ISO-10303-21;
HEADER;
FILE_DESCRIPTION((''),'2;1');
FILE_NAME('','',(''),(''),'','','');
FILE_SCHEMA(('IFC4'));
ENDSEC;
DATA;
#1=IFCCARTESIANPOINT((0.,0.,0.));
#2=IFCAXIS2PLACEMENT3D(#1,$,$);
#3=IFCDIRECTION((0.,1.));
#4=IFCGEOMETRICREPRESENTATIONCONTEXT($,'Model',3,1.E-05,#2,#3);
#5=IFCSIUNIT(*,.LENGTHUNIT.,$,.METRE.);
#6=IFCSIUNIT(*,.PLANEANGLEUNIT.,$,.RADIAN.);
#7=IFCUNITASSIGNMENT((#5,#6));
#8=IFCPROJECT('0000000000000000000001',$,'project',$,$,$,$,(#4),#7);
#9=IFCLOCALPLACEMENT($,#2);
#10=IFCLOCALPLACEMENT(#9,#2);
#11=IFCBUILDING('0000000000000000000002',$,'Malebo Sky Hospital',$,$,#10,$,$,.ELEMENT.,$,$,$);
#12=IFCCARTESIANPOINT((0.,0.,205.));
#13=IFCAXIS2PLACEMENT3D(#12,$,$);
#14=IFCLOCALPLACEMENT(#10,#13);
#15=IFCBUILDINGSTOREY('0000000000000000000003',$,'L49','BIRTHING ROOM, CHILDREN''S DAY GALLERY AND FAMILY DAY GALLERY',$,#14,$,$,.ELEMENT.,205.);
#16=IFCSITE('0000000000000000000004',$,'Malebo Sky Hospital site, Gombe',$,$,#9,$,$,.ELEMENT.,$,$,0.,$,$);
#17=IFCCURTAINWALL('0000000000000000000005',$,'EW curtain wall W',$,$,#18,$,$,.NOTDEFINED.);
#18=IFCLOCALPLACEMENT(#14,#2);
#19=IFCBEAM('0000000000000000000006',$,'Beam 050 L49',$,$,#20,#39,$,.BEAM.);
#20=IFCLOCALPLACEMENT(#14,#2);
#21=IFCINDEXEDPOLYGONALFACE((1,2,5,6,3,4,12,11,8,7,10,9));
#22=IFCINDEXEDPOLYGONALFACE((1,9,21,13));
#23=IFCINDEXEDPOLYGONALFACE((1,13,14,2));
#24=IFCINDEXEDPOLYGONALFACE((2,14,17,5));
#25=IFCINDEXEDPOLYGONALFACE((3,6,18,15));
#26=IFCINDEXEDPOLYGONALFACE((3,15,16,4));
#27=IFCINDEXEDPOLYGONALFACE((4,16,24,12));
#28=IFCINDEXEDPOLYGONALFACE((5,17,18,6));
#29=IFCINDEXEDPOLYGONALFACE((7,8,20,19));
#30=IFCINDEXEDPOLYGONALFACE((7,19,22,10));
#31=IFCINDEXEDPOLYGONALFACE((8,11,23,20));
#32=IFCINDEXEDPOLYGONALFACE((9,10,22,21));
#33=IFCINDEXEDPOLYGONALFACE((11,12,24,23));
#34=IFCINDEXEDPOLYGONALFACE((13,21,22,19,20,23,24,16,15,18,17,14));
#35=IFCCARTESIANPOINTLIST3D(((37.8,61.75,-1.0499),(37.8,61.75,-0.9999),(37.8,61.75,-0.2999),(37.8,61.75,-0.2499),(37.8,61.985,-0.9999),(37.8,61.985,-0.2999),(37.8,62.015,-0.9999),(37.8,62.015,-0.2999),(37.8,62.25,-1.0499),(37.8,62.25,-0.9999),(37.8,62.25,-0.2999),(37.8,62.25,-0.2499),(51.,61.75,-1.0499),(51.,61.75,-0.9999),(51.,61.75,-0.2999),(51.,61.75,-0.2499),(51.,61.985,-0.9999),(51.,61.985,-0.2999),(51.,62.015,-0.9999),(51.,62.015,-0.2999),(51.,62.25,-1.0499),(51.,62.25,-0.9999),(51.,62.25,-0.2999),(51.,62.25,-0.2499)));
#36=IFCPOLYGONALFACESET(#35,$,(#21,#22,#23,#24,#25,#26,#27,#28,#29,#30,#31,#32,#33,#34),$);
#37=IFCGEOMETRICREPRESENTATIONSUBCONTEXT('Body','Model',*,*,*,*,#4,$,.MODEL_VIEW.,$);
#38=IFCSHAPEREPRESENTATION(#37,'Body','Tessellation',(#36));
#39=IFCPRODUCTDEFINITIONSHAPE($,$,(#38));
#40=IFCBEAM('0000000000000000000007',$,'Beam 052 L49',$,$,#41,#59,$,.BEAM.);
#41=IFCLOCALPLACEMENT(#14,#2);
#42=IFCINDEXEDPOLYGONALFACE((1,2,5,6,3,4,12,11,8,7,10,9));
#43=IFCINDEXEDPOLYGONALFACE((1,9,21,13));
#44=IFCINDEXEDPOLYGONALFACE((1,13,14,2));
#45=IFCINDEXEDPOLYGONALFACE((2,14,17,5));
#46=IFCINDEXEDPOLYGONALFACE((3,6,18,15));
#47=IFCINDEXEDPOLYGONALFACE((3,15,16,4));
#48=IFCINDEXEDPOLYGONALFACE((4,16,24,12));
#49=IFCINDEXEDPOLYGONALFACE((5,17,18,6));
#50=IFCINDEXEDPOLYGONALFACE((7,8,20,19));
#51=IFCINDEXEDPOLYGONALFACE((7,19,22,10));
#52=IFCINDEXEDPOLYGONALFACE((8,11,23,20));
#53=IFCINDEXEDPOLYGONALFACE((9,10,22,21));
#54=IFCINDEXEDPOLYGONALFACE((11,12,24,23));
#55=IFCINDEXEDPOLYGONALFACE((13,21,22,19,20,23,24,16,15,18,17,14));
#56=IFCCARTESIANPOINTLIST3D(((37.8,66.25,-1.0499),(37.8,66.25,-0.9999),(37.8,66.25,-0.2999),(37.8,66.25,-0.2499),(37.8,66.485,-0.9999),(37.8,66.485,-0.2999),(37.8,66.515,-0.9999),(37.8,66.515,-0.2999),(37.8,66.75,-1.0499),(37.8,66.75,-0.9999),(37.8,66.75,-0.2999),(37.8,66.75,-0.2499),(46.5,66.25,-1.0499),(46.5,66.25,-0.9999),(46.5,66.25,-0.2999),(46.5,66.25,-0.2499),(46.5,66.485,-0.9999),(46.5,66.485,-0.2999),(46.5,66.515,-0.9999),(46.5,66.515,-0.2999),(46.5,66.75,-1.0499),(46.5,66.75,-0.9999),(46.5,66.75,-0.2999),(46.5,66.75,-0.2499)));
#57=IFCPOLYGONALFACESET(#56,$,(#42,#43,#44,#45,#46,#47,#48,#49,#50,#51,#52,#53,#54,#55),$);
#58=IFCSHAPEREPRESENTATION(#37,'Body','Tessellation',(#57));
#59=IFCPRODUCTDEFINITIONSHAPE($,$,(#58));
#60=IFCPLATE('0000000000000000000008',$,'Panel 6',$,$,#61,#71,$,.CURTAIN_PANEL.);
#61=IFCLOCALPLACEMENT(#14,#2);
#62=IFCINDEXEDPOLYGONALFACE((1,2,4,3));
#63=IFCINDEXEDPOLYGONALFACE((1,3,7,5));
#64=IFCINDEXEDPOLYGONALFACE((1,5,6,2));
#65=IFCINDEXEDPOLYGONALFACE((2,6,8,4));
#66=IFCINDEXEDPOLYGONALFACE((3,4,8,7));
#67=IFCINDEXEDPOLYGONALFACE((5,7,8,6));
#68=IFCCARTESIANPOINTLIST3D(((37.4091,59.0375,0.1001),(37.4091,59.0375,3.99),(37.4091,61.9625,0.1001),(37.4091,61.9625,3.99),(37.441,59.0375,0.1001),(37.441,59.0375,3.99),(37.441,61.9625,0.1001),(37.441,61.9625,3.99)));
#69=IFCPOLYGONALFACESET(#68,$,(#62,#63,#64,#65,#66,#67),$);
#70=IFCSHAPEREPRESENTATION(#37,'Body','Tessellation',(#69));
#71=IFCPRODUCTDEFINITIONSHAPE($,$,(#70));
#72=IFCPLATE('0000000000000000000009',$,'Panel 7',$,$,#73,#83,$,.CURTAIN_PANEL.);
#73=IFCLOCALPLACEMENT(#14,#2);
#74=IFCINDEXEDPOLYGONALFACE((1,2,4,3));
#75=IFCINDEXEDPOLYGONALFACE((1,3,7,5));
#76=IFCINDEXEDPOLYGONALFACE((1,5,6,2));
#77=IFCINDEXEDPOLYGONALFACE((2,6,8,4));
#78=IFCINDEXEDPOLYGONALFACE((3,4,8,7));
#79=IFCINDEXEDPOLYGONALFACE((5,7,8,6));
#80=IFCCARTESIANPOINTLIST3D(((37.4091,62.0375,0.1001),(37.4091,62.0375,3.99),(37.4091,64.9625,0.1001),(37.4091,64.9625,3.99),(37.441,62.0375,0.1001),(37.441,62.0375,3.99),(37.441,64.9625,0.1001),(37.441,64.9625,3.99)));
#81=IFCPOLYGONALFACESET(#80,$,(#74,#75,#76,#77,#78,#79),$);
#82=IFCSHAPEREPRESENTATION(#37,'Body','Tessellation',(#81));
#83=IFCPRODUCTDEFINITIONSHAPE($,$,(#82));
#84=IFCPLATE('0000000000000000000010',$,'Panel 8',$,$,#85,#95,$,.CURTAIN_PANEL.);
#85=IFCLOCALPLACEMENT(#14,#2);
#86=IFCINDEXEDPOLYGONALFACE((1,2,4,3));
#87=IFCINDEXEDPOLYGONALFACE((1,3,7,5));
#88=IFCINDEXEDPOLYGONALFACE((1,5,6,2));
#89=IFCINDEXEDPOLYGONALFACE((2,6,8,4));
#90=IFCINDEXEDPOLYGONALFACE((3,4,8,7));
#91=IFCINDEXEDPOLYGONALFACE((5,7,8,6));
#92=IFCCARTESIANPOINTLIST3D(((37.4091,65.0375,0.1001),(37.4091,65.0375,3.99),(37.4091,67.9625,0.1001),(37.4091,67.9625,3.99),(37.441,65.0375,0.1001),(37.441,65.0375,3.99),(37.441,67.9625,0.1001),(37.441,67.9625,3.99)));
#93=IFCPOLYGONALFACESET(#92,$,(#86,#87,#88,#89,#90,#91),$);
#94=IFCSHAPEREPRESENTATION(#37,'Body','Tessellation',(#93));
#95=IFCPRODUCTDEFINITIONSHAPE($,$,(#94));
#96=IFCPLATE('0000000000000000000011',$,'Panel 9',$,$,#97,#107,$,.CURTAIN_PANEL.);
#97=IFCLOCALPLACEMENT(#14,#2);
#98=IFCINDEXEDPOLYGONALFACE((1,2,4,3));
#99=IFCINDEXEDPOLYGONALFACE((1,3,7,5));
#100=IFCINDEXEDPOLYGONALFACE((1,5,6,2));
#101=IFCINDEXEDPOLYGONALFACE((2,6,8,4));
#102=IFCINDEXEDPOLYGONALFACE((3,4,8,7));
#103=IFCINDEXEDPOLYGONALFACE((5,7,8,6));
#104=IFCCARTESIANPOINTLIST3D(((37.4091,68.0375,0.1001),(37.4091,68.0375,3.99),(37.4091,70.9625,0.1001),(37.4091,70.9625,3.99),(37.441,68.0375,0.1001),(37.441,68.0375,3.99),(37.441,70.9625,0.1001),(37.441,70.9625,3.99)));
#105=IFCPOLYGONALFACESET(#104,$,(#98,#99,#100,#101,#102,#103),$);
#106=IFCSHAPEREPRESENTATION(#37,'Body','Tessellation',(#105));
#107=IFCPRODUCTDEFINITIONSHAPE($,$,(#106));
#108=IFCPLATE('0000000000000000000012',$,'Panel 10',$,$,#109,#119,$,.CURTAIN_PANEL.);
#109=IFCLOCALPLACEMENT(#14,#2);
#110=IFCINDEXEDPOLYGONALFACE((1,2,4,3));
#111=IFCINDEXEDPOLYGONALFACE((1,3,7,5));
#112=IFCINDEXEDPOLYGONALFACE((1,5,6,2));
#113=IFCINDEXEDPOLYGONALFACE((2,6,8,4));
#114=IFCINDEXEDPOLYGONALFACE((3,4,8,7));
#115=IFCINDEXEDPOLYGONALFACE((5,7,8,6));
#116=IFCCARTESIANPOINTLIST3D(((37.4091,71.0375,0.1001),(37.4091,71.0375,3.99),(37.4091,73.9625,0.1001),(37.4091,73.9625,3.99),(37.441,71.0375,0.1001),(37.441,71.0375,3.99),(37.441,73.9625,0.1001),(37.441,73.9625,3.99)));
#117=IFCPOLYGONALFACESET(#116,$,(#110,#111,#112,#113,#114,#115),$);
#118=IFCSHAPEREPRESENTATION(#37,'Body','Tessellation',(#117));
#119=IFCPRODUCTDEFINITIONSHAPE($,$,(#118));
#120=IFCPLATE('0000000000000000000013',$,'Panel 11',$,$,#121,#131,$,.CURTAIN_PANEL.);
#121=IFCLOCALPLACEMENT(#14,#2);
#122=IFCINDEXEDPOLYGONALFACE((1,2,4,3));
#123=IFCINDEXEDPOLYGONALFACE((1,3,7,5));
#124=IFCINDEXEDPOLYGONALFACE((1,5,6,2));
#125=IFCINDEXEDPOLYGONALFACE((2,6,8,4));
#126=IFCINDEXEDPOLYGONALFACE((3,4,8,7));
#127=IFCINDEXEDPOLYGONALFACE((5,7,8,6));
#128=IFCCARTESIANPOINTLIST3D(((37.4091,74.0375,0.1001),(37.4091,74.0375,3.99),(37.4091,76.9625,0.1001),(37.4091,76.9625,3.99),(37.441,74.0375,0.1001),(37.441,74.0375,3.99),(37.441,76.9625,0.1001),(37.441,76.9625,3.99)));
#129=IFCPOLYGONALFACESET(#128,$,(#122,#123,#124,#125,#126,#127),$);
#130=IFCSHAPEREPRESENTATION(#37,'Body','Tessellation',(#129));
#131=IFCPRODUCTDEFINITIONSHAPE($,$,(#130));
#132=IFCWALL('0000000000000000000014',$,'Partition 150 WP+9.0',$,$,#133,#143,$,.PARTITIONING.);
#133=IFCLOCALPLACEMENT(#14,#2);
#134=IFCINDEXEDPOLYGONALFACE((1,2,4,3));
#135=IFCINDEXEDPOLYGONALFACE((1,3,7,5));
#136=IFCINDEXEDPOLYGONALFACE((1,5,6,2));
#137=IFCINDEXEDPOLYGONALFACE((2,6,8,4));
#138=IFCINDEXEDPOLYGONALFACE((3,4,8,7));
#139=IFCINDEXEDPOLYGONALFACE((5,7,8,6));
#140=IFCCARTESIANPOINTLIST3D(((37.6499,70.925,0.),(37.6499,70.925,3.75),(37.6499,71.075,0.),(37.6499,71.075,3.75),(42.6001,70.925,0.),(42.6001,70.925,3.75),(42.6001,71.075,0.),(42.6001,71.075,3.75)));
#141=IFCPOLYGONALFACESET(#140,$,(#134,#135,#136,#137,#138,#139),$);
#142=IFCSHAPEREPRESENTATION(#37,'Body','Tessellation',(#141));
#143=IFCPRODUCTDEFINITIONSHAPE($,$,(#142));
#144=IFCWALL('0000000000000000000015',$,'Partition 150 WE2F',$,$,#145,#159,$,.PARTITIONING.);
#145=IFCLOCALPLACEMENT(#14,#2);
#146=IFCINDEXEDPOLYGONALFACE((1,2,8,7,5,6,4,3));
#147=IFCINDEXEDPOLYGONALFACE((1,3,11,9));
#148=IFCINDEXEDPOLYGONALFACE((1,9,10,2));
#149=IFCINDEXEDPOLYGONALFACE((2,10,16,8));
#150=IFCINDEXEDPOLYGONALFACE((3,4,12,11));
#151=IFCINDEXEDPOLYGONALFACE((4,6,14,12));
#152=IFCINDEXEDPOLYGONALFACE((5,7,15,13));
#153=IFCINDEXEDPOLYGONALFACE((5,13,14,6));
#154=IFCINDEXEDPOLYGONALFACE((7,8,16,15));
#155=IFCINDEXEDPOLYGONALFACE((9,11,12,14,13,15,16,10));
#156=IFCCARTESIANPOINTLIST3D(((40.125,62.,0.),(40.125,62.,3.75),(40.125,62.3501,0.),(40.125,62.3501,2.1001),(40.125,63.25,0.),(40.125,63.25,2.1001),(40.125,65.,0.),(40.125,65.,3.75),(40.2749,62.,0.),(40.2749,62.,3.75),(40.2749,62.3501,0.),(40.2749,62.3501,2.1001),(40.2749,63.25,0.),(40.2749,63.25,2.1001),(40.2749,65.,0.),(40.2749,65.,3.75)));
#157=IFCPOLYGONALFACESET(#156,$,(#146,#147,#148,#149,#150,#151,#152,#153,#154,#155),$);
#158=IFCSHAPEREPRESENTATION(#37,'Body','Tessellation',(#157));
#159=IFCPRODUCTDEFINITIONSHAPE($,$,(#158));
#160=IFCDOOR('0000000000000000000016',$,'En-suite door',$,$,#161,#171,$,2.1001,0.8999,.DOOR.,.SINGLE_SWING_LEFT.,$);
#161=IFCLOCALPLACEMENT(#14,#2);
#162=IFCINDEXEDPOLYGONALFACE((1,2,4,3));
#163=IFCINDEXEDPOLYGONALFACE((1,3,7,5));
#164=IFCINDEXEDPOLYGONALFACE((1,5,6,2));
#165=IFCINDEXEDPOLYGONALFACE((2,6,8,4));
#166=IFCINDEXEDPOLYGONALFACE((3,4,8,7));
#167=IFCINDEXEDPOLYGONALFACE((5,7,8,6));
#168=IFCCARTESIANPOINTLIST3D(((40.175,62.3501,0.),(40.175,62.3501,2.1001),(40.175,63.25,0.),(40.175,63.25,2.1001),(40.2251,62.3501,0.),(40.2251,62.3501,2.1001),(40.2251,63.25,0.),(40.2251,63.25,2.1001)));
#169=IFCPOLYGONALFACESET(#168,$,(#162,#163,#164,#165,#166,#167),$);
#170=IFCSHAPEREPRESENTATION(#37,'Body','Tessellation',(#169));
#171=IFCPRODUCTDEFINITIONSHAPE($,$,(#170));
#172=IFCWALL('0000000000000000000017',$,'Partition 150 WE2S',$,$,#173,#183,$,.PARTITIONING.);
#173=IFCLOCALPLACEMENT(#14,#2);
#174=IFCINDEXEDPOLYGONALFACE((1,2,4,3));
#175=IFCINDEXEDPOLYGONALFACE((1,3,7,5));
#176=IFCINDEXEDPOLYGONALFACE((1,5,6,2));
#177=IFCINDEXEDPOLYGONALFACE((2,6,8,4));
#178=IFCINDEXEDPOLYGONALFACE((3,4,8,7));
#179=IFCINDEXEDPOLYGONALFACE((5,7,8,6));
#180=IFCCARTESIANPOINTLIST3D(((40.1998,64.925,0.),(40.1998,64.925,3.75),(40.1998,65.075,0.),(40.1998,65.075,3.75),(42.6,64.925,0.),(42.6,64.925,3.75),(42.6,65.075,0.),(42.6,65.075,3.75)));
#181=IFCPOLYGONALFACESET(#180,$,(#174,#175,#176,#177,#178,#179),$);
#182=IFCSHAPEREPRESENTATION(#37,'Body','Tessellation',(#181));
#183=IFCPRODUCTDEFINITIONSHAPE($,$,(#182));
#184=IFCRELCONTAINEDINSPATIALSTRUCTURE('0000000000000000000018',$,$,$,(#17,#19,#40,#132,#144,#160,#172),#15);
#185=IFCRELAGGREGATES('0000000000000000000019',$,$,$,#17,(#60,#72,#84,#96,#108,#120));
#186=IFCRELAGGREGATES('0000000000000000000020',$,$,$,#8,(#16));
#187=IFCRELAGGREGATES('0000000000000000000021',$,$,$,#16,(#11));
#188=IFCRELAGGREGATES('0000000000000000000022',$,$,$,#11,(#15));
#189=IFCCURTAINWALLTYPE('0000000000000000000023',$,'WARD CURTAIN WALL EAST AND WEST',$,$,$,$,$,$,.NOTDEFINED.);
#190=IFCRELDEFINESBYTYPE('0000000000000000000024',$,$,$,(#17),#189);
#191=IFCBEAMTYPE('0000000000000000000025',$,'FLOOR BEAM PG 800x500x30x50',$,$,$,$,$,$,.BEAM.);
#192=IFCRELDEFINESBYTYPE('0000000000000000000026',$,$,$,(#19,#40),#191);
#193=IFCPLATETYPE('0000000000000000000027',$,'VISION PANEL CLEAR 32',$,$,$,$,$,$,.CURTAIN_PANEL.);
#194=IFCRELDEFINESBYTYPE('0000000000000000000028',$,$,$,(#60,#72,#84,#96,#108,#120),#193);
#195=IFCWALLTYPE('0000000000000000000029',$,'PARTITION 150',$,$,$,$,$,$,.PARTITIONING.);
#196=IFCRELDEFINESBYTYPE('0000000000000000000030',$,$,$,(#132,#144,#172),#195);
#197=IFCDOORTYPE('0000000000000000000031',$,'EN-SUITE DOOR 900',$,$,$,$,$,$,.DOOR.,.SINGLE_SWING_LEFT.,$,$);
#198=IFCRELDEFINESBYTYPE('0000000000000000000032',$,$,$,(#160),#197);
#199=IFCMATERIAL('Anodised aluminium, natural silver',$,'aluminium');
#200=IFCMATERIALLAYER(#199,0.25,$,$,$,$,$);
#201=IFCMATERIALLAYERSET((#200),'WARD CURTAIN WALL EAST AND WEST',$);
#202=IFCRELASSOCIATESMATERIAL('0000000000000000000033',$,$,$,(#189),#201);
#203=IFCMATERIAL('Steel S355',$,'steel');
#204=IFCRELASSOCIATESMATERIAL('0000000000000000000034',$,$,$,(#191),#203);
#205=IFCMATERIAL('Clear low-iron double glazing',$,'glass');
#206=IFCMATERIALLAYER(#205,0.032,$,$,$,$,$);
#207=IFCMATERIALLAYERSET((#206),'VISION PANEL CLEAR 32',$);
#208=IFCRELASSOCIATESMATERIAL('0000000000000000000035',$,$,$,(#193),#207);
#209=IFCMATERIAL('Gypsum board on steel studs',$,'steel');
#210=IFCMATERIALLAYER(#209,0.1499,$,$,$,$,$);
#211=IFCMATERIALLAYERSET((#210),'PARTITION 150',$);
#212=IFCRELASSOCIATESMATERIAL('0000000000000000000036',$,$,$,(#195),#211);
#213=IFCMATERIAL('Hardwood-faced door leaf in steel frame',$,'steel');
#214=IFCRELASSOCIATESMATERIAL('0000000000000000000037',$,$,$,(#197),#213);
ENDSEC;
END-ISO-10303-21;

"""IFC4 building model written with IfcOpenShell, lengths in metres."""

from ifc_helpers import new_model, si_unit, direction, frame, frame_2d, origin, origin_2d, place, context, subcontext, project, spatial, rectangle, i_section, extrude, material, layer, layer_set, material_profile, profile_set, type_object, element, fill, aggregate, save


model = new_model("IFC4")

# Units and contexts
model_context = context("Model", 3, precision=1e-05, world=origin(), true_north=direction((0.0, 1.0)))
body_context = subcontext(model_context, "Body", "Model", "MODEL_VIEW")
ifc_project = project(units=[si_unit("LENGTHUNIT", "METRE"), si_unit("PLANEANGLEUNIT", "RADIAN")], contexts=[model_context])

# Site, building, storey
site_placement = place(None, origin())
site = spatial("IfcSite", under=ifc_project, at=site_placement, Name="Malebo Sky Hospital site, Gombe", CompositionType="ELEMENT", RefElevation=0.0)
building_placement = place(site_placement, origin())
building = spatial("IfcBuilding", under=site, at=building_placement, Name="Malebo Sky Hospital", CompositionType="ELEMENT")
storey_placement = place(building_placement, frame((0.0, 0.0, 205.0)))
storey = spatial("IfcBuildingStorey", under=building, at=storey_placement, Name="L49", Description="BIRTHING ROOM, CHILDREN'S DAY GALLERY AND FAMILY DAY GALLERY", CompositionType="ELEMENT", Elevation=205.0)

# Curtain wall
ifc_material_1 = material(Name="Anodised aluminium, natural silver", Category="aluminium")
ifc_layer_1 = layer(ifc_material_1, 0.25)
ifc_layer_set_1 = layer_set([ifc_layer_1], Name="WARD CURTAIN WALL EAST AND WEST")
curtain_wall_type = type_object("IfcCurtainWallType", Name="WARD CURTAIN WALL EAST AND WEST", PredefinedType="NOTDEFINED", material=ifc_layer_set_1)
curtain_wall_placement = place(storey_placement, origin())
curtain_wall = element("IfcCurtainWall", 1, at=curtain_wall_placement, inside=storey, type_object=curtain_wall_type, Name="EW curtain wall W", PredefinedType="NOTDEFINED")

# Beams
ifc_material_2 = material(Name="Steel S355", Category="steel")
ifc_material_profile_1 = material_profile(ifc_material_2, i_section(OverallWidth=0.5, OverallDepth=0.8, WebThickness=0.03, FlangeThickness=0.05, at=origin_2d()), Name="PG 800x500x30x50")
ifc_profile_set_1 = profile_set([ifc_material_profile_1], Name="Steel S355")
beam_type_1 = type_object("IfcBeamType", Name="FLOOR BEAM PG 800x500x30x50", PredefinedType="BEAM", material=ifc_profile_set_1)
beam_1_placement = place(storey_placement, frame((37.8, 62.0, -0.6499), z_axis=(1.0, 0.0, 0.0), x_axis=(0.0, 1.0, 0.0)))
element("IfcBeam", 2, at=beam_1_placement, inside=storey, type_object=beam_type_1, Name="Beam 050 L49", PredefinedType="BEAM", context=body_context, shape_type="SweptSolid", body=[
    extrude(i_section(OverallWidth=0.5, OverallDepth=0.8, WebThickness=0.03, FlangeThickness=0.05, at=origin_2d()), origin(), (0.0, 0.0, 1.0), 13.2),
])
beam_2_placement = place(storey_placement, frame((37.8, 66.5, -0.6499), z_axis=(1.0, 0.0, 0.0), x_axis=(0.0, 1.0, 0.0)))
element("IfcBeam", 3, at=beam_2_placement, inside=storey, type_object=beam_type_1, Name="Beam 052 L49", PredefinedType="BEAM", context=body_context, shape_type="SweptSolid", body=[
    extrude(i_section(OverallWidth=0.5, OverallDepth=0.8, WebThickness=0.03, FlangeThickness=0.05, at=origin_2d()), origin(), (0.0, 0.0, 1.0), 8.7),
])

# Plates
ifc_material_3 = material(Name="Clear low-iron double glazing", Category="glass")
ifc_layer_2 = layer(ifc_material_3, 0.032)
ifc_layer_set_2 = layer_set([ifc_layer_2], Name="VISION PANEL CLEAR 32")
plate_type = type_object("IfcPlateType", Name="VISION PANEL CLEAR 32", PredefinedType="CURTAIN_PANEL", material=ifc_layer_set_2)
plate_1_placement = place(storey_placement, frame((37.425, 60.5, 0.1001), z_axis=(0.0, 0.0, 1.0), x_axis=(0.0, 1.0, 0.0)))
plate_1 = element("IfcPlate", 4, at=plate_1_placement, type_object=plate_type, Name="Panel 6", PredefinedType="CURTAIN_PANEL", context=body_context, shape_type="SweptSolid", body=[
    extrude(rectangle(XDim=2.925, YDim=0.032, at=origin_2d()), origin(), (0.0, 0.0, 1.0), 3.8899),
])
plate_2_placement = place(storey_placement, frame((37.425, 63.5, 0.1001), z_axis=(0.0, 0.0, 1.0), x_axis=(0.0, 1.0, 0.0)))
plate_2 = element("IfcPlate", 5, at=plate_2_placement, type_object=plate_type, Name="Panel 7", PredefinedType="CURTAIN_PANEL", context=body_context, shape_type="SweptSolid", body=[
    extrude(rectangle(XDim=2.925, YDim=0.032, at=origin_2d()), origin(), (0.0, 0.0, 1.0), 3.8899),
])
plate_3_placement = place(storey_placement, frame((37.425, 66.5, 0.1001), z_axis=(0.0, 0.0, 1.0), x_axis=(0.0, 1.0, 0.0)))
plate_3 = element("IfcPlate", 6, at=plate_3_placement, type_object=plate_type, Name="Panel 8", PredefinedType="CURTAIN_PANEL", context=body_context, shape_type="SweptSolid", body=[
    extrude(rectangle(XDim=2.925, YDim=0.032, at=origin_2d()), origin(), (0.0, 0.0, 1.0), 3.8899),
])
plate_4_placement = place(storey_placement, frame((37.425, 69.5, 0.1001), z_axis=(0.0, 0.0, 1.0), x_axis=(0.0, 1.0, 0.0)))
plate_4 = element("IfcPlate", 7, at=plate_4_placement, type_object=plate_type, Name="Panel 9", PredefinedType="CURTAIN_PANEL", context=body_context, shape_type="SweptSolid", body=[
    extrude(rectangle(XDim=2.925, YDim=0.032, at=origin_2d()), origin(), (0.0, 0.0, 1.0), 3.8899),
])
plate_5_placement = place(storey_placement, frame((37.425, 72.5, 0.1001), z_axis=(0.0, 0.0, 1.0), x_axis=(0.0, 1.0, 0.0)))
plate_5 = element("IfcPlate", 8, at=plate_5_placement, type_object=plate_type, Name="Panel 10", PredefinedType="CURTAIN_PANEL", context=body_context, shape_type="SweptSolid", body=[
    extrude(rectangle(XDim=2.925, YDim=0.032, at=origin_2d()), origin(), (0.0, 0.0, 1.0), 3.8899),
])
plate_6_placement = place(storey_placement, frame((37.425, 75.5, 0.1001), z_axis=(0.0, 0.0, 1.0), x_axis=(0.0, 1.0, 0.0)))
plate_6 = element("IfcPlate", 9, at=plate_6_placement, type_object=plate_type, Name="Panel 11", PredefinedType="CURTAIN_PANEL", context=body_context, shape_type="SweptSolid", body=[
    extrude(rectangle(XDim=2.925, YDim=0.032, at=origin_2d()), origin(), (0.0, 0.0, 1.0), 3.8899),
])
aggregate(curtain_wall, [plate_1, plate_2, plate_3, plate_4, plate_5, plate_6])

# Wall
ifc_material_4 = material(Name="Gypsum board on steel studs", Category="steel")
ifc_layer_3 = layer(ifc_material_4, 0.1499)
ifc_layer_set_3 = layer_set([ifc_layer_3], Name="PARTITION 150")
wall_type_1 = type_object("IfcWallType", Name="PARTITION 150", PredefinedType="PARTITIONING", material=ifc_layer_set_3)
wall_1_placement = place(storey_placement, frame((42.6001, 71.0, 0.0), z_axis=(0.0, 0.0, 1.0), x_axis=(-1.0, 0.0, 0.0)))
element("IfcWall", 10, at=wall_1_placement, inside=storey, type_object=wall_type_1, Name="Partition 150 WP+9.0", PredefinedType="PARTITIONING", context=body_context, shape_type="SweptSolid", body=[
    extrude(rectangle(XDim=4.9502, YDim=0.1499, at=frame_2d((2.4751, 0.0))), origin(), (0.0, 0.0, 1.0), 3.75),
])

# Wall, opening, door
wall_2_placement = place(storey_placement, frame((40.2, 62.0, 0.0), z_axis=(0.0, 0.0, 1.0), x_axis=(0.0, 1.0, 0.0)))
wall_2 = element("IfcWall", 11, at=wall_2_placement, inside=storey, type_object=wall_type_1, Name="Partition 150 WE2F", PredefinedType="PARTITIONING", context=body_context, shape_type="SweptSolid", body=[
    extrude(rectangle(XDim=3.0, YDim=0.1499, at=frame_2d((1.5, 0.0))), origin(), (0.0, 0.0, 1.0), 3.75),
])
opening_1_placement = place(wall_2_placement, frame((0.3501, 0.0, 0.0)))
opening_1 = element("IfcOpeningElement", 12, at=opening_1_placement, cuts=wall_2, PredefinedType="OPENING", context=body_context, shape_type="SweptSolid", body=[
    extrude(rectangle(XDim=0.8999, YDim=2.1001, at=frame_2d((0.45, 1.05))), frame((0.0, 0.085, 0.0), z_axis=(0.0, -1.0, 0.0), x_axis=(1.0, 0.0, 0.0)), (0.0, 0.0, 1.0), 0.1699),
])
ifc_material_5 = material(Name="Hardwood-faced door leaf in steel frame", Category="steel")
door_type = type_object("IfcDoorType", Name="EN-SUITE DOOR 900", OperationType="SINGLE_SWING_LEFT", PredefinedType="DOOR", material=ifc_material_5)
door_1_placement = place(opening_1_placement, origin())
door_1 = element("IfcDoor", 13, at=door_1_placement, inside=storey, type_object=door_type, Name="En-suite door", OperationType="SINGLE_SWING_LEFT", OverallHeight=2.1001, OverallWidth=0.8999, PredefinedType="DOOR", context=body_context, shape_type="SweptSolid", body=[
    extrude(rectangle(XDim=0.8999, YDim=2.1001, at=frame_2d((0.45, 1.05))), frame((0.0, 0.0249, 0.0), z_axis=(0.0, -1.0, 0.0), x_axis=(1.0, 0.0, 0.0)), (0.0, 0.0, 1.0), 0.05),
])
fill(opening_1, door_1)

# Wall
wall_3_placement = place(storey_placement, frame((42.6001, 65.0, 0.0), z_axis=(0.0, 0.0, 1.0), x_axis=(-1.0, 0.0, 0.0)))
element("IfcWall", 14, at=wall_3_placement, inside=storey, type_object=wall_type_1, Name="Partition 150 WE2S", PredefinedType="PARTITIONING", context=body_context, shape_type="SweptSolid", body=[
    extrude(rectangle(XDim=2.4001, YDim=0.1499, at=frame_2d((1.2002, 0.0))), origin(), (0.0, 0.0, 1.0), 3.75),
])

save(model, "model.ifc")
